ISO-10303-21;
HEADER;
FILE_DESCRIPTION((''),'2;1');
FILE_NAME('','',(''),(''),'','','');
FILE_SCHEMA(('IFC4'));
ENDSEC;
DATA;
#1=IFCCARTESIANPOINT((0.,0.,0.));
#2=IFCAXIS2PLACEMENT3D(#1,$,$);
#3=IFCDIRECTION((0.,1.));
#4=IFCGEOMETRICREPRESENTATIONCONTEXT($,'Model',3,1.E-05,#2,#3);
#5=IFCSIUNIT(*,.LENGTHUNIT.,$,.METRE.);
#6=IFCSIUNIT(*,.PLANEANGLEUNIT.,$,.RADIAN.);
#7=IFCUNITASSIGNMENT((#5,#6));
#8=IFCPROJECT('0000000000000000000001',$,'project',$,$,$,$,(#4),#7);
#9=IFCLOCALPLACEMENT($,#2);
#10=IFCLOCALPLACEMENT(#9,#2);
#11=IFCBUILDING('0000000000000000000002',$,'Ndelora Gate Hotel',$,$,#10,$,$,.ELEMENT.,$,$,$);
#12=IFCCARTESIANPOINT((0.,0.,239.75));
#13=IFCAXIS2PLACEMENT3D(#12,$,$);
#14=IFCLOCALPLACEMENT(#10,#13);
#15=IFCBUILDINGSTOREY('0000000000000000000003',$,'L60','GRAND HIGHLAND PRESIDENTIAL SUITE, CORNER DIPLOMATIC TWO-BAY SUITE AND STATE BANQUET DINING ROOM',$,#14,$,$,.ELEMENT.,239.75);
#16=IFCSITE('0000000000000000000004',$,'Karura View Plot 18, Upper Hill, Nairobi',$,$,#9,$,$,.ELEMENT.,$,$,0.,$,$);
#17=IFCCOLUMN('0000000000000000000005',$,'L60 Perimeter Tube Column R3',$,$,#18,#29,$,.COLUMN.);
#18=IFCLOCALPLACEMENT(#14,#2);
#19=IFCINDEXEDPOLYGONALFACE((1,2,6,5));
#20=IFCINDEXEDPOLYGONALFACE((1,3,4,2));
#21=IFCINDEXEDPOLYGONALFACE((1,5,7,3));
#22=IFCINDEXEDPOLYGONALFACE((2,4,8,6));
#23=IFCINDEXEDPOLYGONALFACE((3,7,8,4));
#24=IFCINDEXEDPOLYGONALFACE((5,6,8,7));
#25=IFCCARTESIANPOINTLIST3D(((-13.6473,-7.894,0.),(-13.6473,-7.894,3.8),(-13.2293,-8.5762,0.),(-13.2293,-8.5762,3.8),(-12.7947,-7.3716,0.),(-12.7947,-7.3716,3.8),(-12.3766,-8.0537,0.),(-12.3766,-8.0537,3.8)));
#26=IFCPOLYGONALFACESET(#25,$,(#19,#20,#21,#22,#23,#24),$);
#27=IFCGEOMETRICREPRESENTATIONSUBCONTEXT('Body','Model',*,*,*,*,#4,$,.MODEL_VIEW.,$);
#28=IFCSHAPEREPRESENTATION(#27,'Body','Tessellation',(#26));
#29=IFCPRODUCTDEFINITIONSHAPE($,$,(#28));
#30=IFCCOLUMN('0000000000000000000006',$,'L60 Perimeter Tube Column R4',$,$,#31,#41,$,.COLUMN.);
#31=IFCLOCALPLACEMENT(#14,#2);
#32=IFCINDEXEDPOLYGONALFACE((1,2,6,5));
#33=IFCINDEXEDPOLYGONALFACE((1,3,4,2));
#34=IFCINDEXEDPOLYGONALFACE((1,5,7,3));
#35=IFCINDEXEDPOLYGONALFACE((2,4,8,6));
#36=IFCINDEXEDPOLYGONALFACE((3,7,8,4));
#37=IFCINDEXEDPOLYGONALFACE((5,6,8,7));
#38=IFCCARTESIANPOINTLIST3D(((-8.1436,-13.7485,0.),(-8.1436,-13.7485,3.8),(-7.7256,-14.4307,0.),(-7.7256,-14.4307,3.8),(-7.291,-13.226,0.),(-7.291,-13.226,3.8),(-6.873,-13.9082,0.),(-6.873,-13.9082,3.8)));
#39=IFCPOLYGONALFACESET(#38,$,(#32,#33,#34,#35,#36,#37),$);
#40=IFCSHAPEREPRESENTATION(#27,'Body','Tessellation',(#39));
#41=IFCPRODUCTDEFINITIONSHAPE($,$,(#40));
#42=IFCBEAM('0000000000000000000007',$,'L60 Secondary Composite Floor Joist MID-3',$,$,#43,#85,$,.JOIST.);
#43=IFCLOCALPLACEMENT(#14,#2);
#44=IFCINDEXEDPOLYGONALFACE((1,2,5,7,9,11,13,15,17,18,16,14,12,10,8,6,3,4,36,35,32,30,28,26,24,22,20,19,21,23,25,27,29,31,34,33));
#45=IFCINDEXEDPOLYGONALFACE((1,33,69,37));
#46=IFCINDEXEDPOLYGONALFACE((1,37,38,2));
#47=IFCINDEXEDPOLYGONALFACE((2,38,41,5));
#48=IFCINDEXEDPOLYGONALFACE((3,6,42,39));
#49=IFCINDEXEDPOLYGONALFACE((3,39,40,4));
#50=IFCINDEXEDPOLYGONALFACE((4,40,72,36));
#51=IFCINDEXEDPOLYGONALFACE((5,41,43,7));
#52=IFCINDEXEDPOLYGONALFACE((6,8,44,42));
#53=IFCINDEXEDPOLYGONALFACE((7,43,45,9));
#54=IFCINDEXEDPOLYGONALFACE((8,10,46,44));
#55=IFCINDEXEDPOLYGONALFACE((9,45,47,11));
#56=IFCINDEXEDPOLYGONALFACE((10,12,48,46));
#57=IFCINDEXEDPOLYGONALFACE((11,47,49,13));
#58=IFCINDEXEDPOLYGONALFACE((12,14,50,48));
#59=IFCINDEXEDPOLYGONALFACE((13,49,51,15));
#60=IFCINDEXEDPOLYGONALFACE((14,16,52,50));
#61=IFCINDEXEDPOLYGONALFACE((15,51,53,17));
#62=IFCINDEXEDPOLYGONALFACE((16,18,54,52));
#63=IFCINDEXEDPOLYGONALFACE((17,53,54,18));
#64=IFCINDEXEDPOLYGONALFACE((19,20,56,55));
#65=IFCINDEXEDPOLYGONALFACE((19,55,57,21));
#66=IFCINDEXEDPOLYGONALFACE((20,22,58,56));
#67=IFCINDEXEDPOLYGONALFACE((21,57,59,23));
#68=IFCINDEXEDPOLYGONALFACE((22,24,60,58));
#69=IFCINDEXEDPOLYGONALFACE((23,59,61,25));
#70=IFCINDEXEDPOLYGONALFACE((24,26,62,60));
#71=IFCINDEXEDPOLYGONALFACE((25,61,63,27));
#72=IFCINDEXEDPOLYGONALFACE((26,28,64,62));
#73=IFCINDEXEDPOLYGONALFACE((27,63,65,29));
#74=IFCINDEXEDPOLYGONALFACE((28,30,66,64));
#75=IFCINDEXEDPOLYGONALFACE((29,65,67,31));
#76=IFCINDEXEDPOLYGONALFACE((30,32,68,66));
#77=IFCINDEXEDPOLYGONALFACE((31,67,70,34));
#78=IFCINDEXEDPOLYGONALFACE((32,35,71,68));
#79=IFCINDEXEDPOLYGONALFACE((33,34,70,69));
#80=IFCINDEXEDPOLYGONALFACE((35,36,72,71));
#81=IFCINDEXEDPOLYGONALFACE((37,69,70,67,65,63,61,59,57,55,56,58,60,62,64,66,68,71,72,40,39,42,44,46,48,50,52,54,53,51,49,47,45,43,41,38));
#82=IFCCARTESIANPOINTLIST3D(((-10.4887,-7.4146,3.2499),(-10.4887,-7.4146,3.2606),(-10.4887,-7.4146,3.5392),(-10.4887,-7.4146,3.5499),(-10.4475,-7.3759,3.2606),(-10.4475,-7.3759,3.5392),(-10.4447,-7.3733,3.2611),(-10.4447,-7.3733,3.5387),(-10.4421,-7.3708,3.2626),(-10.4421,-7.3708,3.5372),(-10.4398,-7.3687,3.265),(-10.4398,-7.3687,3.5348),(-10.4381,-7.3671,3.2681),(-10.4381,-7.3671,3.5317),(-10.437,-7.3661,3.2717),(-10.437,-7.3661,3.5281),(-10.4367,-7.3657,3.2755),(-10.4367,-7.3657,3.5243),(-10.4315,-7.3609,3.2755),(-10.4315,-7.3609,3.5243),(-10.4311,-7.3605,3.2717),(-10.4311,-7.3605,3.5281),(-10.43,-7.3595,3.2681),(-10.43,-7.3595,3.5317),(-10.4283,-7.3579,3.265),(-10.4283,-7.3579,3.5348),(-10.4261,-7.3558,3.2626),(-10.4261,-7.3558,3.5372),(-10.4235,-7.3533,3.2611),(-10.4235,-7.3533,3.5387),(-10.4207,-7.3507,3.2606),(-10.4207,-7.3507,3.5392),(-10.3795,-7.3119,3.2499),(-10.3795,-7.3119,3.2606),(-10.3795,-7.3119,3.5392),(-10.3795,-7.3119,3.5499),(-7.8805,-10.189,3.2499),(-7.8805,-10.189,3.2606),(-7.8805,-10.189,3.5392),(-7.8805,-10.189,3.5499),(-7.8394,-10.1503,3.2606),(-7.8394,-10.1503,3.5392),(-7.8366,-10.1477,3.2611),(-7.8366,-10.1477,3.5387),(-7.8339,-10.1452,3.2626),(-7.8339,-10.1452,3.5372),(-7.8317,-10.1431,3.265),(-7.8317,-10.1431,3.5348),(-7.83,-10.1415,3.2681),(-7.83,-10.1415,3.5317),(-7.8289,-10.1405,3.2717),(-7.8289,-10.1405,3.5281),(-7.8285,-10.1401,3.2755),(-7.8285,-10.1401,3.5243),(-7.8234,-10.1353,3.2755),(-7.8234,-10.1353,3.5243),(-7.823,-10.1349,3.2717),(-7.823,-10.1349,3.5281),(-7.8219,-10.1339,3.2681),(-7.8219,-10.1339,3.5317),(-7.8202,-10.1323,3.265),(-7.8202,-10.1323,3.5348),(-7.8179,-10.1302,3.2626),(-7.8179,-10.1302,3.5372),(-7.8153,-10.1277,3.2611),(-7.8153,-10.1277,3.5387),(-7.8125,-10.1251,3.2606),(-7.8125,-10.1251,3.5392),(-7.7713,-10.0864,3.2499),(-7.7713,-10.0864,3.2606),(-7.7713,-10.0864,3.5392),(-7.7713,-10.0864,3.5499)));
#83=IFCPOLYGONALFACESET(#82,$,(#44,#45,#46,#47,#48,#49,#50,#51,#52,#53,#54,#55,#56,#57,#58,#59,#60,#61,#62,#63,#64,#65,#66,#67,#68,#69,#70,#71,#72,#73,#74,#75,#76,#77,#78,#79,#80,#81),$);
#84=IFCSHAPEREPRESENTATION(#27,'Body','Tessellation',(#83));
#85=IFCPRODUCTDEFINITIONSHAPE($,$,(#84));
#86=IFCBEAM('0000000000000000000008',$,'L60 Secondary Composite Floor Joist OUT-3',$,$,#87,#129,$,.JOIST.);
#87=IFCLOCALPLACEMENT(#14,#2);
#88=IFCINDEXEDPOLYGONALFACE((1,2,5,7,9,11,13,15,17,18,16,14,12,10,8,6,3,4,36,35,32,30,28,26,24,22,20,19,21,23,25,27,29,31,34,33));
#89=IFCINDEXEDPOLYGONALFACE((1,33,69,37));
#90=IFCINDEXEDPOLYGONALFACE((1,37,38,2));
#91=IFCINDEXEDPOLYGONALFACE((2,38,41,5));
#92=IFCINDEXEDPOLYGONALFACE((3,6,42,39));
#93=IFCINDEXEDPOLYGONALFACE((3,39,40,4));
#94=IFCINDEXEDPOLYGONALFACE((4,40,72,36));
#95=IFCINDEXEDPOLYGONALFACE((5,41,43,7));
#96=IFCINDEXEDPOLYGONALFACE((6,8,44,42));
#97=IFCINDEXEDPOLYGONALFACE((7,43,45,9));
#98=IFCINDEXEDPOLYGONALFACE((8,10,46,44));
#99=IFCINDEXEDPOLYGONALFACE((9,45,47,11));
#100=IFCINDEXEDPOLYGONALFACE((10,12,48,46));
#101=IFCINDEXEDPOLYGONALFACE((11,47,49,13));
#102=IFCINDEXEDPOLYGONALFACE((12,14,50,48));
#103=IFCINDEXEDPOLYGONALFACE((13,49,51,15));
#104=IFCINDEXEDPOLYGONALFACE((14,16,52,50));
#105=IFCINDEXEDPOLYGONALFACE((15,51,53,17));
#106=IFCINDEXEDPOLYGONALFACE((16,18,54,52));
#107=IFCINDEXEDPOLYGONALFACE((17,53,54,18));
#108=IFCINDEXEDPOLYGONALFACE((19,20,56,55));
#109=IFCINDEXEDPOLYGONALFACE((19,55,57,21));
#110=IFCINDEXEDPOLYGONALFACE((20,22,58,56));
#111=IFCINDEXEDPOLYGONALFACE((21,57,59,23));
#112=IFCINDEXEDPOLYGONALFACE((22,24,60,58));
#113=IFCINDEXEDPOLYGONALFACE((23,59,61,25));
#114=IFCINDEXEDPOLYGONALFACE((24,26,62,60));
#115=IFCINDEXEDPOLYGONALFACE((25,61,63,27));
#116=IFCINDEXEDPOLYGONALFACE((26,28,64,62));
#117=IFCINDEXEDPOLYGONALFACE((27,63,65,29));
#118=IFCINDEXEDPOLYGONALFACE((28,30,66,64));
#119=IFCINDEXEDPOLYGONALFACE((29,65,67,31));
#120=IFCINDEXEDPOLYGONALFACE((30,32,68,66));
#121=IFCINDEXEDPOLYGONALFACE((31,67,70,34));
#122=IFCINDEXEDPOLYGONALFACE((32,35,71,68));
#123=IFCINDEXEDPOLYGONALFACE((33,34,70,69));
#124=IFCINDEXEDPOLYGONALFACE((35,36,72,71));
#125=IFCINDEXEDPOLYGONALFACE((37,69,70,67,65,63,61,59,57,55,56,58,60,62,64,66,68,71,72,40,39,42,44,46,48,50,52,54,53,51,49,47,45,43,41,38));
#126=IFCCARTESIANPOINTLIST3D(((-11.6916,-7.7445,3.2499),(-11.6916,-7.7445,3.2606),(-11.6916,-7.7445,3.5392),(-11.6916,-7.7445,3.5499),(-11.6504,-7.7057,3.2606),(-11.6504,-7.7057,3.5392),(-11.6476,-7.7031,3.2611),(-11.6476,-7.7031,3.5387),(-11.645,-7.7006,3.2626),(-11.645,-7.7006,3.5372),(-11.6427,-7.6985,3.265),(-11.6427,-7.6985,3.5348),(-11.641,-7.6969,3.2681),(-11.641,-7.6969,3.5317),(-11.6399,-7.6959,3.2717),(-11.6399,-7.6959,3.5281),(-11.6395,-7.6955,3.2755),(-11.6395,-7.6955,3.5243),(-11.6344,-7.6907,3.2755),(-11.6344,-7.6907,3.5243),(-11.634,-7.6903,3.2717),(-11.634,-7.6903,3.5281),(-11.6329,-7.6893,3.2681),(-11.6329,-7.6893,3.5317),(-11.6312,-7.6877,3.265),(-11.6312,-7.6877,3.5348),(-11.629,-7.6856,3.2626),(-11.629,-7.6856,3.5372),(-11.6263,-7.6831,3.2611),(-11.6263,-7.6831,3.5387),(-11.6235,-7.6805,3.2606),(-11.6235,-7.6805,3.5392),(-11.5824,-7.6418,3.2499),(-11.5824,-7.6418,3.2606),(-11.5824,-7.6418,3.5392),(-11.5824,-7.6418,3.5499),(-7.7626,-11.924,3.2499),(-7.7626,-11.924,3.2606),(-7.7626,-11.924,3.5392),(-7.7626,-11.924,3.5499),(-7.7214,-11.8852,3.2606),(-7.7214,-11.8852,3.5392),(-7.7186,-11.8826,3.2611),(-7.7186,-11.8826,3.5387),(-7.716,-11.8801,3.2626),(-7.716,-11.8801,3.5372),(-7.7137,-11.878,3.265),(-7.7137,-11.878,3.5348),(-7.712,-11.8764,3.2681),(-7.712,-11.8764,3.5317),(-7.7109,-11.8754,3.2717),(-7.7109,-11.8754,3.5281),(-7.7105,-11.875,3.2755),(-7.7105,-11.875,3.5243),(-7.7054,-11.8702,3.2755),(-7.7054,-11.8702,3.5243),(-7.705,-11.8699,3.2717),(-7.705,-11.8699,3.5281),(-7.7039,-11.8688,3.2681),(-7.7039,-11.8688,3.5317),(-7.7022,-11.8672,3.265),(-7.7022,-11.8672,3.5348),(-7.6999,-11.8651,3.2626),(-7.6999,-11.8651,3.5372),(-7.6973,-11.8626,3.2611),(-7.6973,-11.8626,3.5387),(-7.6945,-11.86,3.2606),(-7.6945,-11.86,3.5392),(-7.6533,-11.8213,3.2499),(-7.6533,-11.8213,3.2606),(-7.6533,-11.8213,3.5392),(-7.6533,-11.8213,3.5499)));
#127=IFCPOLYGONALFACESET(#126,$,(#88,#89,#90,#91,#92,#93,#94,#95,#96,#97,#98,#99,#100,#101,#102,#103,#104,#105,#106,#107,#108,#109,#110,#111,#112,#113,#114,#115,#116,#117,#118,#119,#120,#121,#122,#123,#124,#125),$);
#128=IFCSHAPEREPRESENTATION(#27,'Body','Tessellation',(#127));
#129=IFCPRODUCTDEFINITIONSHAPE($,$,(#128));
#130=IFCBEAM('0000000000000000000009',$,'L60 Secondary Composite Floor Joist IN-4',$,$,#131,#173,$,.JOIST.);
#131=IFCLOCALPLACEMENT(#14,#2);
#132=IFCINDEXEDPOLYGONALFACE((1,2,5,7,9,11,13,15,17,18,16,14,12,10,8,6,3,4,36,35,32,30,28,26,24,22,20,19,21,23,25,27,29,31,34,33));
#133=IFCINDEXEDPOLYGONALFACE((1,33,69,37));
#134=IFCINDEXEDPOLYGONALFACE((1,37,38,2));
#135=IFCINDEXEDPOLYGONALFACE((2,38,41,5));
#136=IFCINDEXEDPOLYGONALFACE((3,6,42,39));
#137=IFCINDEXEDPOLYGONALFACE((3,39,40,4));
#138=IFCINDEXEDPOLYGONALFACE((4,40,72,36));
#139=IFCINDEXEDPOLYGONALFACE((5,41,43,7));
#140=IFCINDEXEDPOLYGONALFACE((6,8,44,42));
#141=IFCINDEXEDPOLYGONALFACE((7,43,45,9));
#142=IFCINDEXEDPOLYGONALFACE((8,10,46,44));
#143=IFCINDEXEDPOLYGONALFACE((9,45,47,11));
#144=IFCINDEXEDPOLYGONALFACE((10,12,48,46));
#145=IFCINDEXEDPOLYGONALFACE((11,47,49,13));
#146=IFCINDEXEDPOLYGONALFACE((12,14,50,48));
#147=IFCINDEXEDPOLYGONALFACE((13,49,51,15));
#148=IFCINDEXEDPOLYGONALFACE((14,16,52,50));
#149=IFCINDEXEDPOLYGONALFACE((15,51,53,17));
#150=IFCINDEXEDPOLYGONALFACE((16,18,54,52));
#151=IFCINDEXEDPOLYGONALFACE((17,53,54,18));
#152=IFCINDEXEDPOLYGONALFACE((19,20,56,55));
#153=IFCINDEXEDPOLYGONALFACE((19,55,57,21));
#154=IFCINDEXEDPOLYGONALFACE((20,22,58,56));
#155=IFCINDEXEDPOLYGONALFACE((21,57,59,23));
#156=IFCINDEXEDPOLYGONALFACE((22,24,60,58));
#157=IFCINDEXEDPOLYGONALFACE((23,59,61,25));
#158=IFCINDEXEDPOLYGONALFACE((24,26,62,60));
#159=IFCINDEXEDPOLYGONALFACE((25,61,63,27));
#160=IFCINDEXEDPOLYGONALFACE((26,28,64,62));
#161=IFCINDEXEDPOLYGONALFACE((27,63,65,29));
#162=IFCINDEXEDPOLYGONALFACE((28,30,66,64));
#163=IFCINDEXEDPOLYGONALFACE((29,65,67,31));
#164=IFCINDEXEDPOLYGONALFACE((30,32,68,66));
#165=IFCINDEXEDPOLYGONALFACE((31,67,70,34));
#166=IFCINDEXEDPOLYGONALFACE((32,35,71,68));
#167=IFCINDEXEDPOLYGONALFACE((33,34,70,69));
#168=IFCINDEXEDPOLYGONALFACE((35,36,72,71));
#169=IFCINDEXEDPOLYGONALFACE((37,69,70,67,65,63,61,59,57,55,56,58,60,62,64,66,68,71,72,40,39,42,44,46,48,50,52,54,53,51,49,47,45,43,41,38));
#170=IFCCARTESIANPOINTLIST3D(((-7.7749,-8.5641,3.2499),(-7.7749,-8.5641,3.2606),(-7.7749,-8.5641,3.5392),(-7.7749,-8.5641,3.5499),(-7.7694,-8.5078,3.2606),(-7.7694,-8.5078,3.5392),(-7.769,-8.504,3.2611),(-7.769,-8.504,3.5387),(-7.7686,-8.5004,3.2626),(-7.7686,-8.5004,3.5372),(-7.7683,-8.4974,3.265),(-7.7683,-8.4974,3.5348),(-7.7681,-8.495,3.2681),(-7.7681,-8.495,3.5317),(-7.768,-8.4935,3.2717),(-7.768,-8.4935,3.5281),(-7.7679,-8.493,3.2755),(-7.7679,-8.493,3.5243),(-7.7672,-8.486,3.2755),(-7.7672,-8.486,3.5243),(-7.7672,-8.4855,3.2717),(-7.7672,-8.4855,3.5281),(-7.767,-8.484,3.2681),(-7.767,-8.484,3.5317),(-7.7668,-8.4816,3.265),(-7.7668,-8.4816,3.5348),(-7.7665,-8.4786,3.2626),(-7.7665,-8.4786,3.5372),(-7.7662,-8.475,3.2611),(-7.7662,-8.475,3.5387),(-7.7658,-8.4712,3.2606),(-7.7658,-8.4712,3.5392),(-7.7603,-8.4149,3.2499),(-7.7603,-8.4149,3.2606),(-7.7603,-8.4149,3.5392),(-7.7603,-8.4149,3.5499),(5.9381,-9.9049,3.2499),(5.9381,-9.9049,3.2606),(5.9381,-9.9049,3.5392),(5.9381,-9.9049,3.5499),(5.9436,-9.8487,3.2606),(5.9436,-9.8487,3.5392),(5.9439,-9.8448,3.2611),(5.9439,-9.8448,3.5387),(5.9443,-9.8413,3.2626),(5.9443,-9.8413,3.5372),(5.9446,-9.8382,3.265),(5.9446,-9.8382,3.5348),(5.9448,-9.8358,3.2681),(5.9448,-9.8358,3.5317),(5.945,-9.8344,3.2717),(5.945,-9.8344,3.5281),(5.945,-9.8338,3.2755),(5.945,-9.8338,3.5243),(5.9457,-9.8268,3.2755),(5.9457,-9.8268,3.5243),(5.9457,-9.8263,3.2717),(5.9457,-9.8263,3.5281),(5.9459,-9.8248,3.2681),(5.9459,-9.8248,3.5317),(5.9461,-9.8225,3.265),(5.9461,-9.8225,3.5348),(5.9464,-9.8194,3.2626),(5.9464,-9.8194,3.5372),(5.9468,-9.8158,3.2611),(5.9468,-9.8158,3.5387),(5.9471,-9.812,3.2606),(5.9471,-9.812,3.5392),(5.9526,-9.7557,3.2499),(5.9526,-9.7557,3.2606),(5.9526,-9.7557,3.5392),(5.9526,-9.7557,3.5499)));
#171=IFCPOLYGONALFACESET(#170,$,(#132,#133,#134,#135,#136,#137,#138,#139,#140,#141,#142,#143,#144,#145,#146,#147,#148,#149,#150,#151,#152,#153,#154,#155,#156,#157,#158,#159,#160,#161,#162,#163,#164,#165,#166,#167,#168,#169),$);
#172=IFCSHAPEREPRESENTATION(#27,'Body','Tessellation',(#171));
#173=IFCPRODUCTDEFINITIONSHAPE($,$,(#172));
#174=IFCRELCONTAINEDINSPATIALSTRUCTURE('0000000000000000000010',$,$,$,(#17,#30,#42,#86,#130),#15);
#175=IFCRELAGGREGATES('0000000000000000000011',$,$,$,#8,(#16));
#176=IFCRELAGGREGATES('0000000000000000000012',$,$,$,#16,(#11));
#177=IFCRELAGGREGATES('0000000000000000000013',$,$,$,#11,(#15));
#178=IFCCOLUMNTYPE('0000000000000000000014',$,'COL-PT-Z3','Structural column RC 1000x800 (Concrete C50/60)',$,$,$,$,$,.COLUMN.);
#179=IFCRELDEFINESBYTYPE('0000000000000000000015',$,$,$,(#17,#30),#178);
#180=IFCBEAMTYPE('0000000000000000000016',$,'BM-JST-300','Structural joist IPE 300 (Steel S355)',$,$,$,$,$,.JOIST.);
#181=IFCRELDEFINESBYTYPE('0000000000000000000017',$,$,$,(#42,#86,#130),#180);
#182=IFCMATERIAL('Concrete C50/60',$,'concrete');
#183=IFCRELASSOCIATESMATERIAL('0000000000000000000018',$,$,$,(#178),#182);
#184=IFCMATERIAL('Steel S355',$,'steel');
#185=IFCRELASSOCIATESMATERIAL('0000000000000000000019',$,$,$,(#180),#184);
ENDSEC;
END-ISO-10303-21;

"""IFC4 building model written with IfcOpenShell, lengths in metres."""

from ifc_helpers import new_model, si_unit, direction, frame, origin, origin_2d, place, context, subcontext, project, spatial, rectangle, i_section, extrude, material, material_profile, profile_set, type_object, element, save


model = new_model("IFC4")

# Units and contexts
model_context = context("Model", 3, precision=1e-05, world=origin(), true_north=direction((0.0, 1.0)))
body_context = subcontext(model_context, "Body", "Model", "MODEL_VIEW")
ifc_project = project(units=[si_unit("LENGTHUNIT", "METRE"), si_unit("PLANEANGLEUNIT", "RADIAN")], contexts=[model_context])

# Site, building, storey
site_placement = place(None, origin())
site = spatial("IfcSite", under=ifc_project, at=site_placement, Name="Karura View Plot 18, Upper Hill, Nairobi", CompositionType="ELEMENT", RefElevation=0.0)
building_placement = place(site_placement, origin())
building = spatial("IfcBuilding", under=site, at=building_placement, Name="Ndelora Gate Hotel", CompositionType="ELEMENT")
storey_placement = place(building_placement, frame((0.0, 0.0, 239.75)))
storey = spatial("IfcBuildingStorey", under=building, at=storey_placement, Name="L60", Description="GRAND HIGHLAND PRESIDENTIAL SUITE, CORNER DIPLOMATIC TWO-BAY SUITE AND STATE BANQUET DINING ROOM", CompositionType="ELEMENT", Elevation=239.75)

# Columns
ifc_material_1 = material(Name="Concrete C50/60", Category="concrete")
ifc_material_profile_1 = material_profile(ifc_material_1, rectangle(XDim=0.8, YDim=1.0, at=origin_2d()), Name="RC 1000x800")
ifc_profile_set_1 = profile_set([ifc_material_profile_1], Name="Concrete C50/60")
column_type = type_object("IfcColumnType", Name="COL-PT-Z3", Description="Structural column RC 1000x800 (Concrete C50/60)", PredefinedType="COLUMN", material=ifc_profile_set_1)
for number, where, z_axis, x_axis, name in (
    (1, (-13.012, -7.9739, 0.0), (0.0, 0.0, 1.0), (-0.522499, 0.85264, 0.0), "L60 Perimeter Tube Column R3"),
    (2, (-7.5083, -13.8284, 0.0), (0.0, 0.0, 1.0), (-0.522499, 0.85264, 0.0), "L60 Perimeter Tube Column R4"),
):
    element("IfcColumn", number, at=place(storey_placement, frame(where, z_axis=z_axis, x_axis=x_axis)), inside=storey, type_object=column_type, Name=name, PredefinedType="COLUMN", context=body_context, shape_type="SweptSolid", body=[
        extrude(rectangle(XDim=0.8, YDim=1.0, at=origin_2d()), origin(), (0.0, 0.0, 1.0), 3.8),
    ])

# Beams
ifc_material_2 = material(Name="Steel S355", Category="steel")
ifc_material_profile_2 = material_profile(ifc_material_2, i_section(OverallWidth=0.1499, OverallDepth=0.3, WebThickness=0.0071, FlangeThickness=0.0107, FilletRadius=0.0149, at=origin_2d()), Name="IPE 300")
ifc_profile_set_2 = profile_set([ifc_material_profile_2], Name="Steel S355")
beam_type_1 = type_object("IfcBeamType", Name="BM-JST-300", Description="Structural joist IPE 300 (Steel S355)", PredefinedType="JOIST", material=ifc_profile_set_2)
beam_1_placement = place(storey_placement, frame((-10.4341, -7.3633, 3.3999), z_axis=(0.684939, -0.728601, 0.0), x_axis=(0.728601, 0.684939, 0.0)))
element("IfcBeam", 3, at=beam_1_placement, inside=storey, type_object=beam_type_1, Name="L60 Secondary Composite Floor Joist MID-3", PredefinedType="JOIST", context=body_context, shape_type="SweptSolid", body=[
    extrude(i_section(OverallWidth=0.1499, OverallDepth=0.3, WebThickness=0.0071, FlangeThickness=0.0107, FilletRadius=0.0149, at=origin_2d()), origin(), (0.0, 0.0, 1.0), 3.8079),
])
beam_2_placement = place(storey_placement, frame((-11.637, -7.6931, 3.3999), z_axis=(0.684936, -0.728603, 0.0), x_axis=(0.728603, 0.684936, 0.0)))
element("IfcBeam", 4, at=beam_2_placement, inside=storey, type_object=beam_type_1, Name="L60 Secondary Composite Floor Joist OUT-3", PredefinedType="JOIST", context=body_context, shape_type="SweptSolid", body=[
    extrude(i_section(OverallWidth=0.1499, OverallDepth=0.3, WebThickness=0.0071, FlangeThickness=0.0107, FilletRadius=0.0149, at=origin_2d()), origin(), (0.0, 0.0, 1.0), 5.7363),
])
beam_3_placement = place(storey_placement, frame((-7.7676, -8.4895, 3.3999), z_axis=(0.995254, -0.097314, 0.0), x_axis=(0.097314, 0.995254, 0.0)))
element("IfcBeam", 5, at=beam_3_placement, inside=storey, type_object=beam_type_1, Name="L60 Secondary Composite Floor Joist IN-4", PredefinedType="JOIST", context=body_context, shape_type="SweptSolid", body=[
    extrude(i_section(OverallWidth=0.1499, OverallDepth=0.3, WebThickness=0.0071, FlangeThickness=0.0107, FilletRadius=0.0149, at=origin_2d()), origin(), (0.0, 0.0, 1.0), 13.7783),
])

save(model, "model.ifc")
